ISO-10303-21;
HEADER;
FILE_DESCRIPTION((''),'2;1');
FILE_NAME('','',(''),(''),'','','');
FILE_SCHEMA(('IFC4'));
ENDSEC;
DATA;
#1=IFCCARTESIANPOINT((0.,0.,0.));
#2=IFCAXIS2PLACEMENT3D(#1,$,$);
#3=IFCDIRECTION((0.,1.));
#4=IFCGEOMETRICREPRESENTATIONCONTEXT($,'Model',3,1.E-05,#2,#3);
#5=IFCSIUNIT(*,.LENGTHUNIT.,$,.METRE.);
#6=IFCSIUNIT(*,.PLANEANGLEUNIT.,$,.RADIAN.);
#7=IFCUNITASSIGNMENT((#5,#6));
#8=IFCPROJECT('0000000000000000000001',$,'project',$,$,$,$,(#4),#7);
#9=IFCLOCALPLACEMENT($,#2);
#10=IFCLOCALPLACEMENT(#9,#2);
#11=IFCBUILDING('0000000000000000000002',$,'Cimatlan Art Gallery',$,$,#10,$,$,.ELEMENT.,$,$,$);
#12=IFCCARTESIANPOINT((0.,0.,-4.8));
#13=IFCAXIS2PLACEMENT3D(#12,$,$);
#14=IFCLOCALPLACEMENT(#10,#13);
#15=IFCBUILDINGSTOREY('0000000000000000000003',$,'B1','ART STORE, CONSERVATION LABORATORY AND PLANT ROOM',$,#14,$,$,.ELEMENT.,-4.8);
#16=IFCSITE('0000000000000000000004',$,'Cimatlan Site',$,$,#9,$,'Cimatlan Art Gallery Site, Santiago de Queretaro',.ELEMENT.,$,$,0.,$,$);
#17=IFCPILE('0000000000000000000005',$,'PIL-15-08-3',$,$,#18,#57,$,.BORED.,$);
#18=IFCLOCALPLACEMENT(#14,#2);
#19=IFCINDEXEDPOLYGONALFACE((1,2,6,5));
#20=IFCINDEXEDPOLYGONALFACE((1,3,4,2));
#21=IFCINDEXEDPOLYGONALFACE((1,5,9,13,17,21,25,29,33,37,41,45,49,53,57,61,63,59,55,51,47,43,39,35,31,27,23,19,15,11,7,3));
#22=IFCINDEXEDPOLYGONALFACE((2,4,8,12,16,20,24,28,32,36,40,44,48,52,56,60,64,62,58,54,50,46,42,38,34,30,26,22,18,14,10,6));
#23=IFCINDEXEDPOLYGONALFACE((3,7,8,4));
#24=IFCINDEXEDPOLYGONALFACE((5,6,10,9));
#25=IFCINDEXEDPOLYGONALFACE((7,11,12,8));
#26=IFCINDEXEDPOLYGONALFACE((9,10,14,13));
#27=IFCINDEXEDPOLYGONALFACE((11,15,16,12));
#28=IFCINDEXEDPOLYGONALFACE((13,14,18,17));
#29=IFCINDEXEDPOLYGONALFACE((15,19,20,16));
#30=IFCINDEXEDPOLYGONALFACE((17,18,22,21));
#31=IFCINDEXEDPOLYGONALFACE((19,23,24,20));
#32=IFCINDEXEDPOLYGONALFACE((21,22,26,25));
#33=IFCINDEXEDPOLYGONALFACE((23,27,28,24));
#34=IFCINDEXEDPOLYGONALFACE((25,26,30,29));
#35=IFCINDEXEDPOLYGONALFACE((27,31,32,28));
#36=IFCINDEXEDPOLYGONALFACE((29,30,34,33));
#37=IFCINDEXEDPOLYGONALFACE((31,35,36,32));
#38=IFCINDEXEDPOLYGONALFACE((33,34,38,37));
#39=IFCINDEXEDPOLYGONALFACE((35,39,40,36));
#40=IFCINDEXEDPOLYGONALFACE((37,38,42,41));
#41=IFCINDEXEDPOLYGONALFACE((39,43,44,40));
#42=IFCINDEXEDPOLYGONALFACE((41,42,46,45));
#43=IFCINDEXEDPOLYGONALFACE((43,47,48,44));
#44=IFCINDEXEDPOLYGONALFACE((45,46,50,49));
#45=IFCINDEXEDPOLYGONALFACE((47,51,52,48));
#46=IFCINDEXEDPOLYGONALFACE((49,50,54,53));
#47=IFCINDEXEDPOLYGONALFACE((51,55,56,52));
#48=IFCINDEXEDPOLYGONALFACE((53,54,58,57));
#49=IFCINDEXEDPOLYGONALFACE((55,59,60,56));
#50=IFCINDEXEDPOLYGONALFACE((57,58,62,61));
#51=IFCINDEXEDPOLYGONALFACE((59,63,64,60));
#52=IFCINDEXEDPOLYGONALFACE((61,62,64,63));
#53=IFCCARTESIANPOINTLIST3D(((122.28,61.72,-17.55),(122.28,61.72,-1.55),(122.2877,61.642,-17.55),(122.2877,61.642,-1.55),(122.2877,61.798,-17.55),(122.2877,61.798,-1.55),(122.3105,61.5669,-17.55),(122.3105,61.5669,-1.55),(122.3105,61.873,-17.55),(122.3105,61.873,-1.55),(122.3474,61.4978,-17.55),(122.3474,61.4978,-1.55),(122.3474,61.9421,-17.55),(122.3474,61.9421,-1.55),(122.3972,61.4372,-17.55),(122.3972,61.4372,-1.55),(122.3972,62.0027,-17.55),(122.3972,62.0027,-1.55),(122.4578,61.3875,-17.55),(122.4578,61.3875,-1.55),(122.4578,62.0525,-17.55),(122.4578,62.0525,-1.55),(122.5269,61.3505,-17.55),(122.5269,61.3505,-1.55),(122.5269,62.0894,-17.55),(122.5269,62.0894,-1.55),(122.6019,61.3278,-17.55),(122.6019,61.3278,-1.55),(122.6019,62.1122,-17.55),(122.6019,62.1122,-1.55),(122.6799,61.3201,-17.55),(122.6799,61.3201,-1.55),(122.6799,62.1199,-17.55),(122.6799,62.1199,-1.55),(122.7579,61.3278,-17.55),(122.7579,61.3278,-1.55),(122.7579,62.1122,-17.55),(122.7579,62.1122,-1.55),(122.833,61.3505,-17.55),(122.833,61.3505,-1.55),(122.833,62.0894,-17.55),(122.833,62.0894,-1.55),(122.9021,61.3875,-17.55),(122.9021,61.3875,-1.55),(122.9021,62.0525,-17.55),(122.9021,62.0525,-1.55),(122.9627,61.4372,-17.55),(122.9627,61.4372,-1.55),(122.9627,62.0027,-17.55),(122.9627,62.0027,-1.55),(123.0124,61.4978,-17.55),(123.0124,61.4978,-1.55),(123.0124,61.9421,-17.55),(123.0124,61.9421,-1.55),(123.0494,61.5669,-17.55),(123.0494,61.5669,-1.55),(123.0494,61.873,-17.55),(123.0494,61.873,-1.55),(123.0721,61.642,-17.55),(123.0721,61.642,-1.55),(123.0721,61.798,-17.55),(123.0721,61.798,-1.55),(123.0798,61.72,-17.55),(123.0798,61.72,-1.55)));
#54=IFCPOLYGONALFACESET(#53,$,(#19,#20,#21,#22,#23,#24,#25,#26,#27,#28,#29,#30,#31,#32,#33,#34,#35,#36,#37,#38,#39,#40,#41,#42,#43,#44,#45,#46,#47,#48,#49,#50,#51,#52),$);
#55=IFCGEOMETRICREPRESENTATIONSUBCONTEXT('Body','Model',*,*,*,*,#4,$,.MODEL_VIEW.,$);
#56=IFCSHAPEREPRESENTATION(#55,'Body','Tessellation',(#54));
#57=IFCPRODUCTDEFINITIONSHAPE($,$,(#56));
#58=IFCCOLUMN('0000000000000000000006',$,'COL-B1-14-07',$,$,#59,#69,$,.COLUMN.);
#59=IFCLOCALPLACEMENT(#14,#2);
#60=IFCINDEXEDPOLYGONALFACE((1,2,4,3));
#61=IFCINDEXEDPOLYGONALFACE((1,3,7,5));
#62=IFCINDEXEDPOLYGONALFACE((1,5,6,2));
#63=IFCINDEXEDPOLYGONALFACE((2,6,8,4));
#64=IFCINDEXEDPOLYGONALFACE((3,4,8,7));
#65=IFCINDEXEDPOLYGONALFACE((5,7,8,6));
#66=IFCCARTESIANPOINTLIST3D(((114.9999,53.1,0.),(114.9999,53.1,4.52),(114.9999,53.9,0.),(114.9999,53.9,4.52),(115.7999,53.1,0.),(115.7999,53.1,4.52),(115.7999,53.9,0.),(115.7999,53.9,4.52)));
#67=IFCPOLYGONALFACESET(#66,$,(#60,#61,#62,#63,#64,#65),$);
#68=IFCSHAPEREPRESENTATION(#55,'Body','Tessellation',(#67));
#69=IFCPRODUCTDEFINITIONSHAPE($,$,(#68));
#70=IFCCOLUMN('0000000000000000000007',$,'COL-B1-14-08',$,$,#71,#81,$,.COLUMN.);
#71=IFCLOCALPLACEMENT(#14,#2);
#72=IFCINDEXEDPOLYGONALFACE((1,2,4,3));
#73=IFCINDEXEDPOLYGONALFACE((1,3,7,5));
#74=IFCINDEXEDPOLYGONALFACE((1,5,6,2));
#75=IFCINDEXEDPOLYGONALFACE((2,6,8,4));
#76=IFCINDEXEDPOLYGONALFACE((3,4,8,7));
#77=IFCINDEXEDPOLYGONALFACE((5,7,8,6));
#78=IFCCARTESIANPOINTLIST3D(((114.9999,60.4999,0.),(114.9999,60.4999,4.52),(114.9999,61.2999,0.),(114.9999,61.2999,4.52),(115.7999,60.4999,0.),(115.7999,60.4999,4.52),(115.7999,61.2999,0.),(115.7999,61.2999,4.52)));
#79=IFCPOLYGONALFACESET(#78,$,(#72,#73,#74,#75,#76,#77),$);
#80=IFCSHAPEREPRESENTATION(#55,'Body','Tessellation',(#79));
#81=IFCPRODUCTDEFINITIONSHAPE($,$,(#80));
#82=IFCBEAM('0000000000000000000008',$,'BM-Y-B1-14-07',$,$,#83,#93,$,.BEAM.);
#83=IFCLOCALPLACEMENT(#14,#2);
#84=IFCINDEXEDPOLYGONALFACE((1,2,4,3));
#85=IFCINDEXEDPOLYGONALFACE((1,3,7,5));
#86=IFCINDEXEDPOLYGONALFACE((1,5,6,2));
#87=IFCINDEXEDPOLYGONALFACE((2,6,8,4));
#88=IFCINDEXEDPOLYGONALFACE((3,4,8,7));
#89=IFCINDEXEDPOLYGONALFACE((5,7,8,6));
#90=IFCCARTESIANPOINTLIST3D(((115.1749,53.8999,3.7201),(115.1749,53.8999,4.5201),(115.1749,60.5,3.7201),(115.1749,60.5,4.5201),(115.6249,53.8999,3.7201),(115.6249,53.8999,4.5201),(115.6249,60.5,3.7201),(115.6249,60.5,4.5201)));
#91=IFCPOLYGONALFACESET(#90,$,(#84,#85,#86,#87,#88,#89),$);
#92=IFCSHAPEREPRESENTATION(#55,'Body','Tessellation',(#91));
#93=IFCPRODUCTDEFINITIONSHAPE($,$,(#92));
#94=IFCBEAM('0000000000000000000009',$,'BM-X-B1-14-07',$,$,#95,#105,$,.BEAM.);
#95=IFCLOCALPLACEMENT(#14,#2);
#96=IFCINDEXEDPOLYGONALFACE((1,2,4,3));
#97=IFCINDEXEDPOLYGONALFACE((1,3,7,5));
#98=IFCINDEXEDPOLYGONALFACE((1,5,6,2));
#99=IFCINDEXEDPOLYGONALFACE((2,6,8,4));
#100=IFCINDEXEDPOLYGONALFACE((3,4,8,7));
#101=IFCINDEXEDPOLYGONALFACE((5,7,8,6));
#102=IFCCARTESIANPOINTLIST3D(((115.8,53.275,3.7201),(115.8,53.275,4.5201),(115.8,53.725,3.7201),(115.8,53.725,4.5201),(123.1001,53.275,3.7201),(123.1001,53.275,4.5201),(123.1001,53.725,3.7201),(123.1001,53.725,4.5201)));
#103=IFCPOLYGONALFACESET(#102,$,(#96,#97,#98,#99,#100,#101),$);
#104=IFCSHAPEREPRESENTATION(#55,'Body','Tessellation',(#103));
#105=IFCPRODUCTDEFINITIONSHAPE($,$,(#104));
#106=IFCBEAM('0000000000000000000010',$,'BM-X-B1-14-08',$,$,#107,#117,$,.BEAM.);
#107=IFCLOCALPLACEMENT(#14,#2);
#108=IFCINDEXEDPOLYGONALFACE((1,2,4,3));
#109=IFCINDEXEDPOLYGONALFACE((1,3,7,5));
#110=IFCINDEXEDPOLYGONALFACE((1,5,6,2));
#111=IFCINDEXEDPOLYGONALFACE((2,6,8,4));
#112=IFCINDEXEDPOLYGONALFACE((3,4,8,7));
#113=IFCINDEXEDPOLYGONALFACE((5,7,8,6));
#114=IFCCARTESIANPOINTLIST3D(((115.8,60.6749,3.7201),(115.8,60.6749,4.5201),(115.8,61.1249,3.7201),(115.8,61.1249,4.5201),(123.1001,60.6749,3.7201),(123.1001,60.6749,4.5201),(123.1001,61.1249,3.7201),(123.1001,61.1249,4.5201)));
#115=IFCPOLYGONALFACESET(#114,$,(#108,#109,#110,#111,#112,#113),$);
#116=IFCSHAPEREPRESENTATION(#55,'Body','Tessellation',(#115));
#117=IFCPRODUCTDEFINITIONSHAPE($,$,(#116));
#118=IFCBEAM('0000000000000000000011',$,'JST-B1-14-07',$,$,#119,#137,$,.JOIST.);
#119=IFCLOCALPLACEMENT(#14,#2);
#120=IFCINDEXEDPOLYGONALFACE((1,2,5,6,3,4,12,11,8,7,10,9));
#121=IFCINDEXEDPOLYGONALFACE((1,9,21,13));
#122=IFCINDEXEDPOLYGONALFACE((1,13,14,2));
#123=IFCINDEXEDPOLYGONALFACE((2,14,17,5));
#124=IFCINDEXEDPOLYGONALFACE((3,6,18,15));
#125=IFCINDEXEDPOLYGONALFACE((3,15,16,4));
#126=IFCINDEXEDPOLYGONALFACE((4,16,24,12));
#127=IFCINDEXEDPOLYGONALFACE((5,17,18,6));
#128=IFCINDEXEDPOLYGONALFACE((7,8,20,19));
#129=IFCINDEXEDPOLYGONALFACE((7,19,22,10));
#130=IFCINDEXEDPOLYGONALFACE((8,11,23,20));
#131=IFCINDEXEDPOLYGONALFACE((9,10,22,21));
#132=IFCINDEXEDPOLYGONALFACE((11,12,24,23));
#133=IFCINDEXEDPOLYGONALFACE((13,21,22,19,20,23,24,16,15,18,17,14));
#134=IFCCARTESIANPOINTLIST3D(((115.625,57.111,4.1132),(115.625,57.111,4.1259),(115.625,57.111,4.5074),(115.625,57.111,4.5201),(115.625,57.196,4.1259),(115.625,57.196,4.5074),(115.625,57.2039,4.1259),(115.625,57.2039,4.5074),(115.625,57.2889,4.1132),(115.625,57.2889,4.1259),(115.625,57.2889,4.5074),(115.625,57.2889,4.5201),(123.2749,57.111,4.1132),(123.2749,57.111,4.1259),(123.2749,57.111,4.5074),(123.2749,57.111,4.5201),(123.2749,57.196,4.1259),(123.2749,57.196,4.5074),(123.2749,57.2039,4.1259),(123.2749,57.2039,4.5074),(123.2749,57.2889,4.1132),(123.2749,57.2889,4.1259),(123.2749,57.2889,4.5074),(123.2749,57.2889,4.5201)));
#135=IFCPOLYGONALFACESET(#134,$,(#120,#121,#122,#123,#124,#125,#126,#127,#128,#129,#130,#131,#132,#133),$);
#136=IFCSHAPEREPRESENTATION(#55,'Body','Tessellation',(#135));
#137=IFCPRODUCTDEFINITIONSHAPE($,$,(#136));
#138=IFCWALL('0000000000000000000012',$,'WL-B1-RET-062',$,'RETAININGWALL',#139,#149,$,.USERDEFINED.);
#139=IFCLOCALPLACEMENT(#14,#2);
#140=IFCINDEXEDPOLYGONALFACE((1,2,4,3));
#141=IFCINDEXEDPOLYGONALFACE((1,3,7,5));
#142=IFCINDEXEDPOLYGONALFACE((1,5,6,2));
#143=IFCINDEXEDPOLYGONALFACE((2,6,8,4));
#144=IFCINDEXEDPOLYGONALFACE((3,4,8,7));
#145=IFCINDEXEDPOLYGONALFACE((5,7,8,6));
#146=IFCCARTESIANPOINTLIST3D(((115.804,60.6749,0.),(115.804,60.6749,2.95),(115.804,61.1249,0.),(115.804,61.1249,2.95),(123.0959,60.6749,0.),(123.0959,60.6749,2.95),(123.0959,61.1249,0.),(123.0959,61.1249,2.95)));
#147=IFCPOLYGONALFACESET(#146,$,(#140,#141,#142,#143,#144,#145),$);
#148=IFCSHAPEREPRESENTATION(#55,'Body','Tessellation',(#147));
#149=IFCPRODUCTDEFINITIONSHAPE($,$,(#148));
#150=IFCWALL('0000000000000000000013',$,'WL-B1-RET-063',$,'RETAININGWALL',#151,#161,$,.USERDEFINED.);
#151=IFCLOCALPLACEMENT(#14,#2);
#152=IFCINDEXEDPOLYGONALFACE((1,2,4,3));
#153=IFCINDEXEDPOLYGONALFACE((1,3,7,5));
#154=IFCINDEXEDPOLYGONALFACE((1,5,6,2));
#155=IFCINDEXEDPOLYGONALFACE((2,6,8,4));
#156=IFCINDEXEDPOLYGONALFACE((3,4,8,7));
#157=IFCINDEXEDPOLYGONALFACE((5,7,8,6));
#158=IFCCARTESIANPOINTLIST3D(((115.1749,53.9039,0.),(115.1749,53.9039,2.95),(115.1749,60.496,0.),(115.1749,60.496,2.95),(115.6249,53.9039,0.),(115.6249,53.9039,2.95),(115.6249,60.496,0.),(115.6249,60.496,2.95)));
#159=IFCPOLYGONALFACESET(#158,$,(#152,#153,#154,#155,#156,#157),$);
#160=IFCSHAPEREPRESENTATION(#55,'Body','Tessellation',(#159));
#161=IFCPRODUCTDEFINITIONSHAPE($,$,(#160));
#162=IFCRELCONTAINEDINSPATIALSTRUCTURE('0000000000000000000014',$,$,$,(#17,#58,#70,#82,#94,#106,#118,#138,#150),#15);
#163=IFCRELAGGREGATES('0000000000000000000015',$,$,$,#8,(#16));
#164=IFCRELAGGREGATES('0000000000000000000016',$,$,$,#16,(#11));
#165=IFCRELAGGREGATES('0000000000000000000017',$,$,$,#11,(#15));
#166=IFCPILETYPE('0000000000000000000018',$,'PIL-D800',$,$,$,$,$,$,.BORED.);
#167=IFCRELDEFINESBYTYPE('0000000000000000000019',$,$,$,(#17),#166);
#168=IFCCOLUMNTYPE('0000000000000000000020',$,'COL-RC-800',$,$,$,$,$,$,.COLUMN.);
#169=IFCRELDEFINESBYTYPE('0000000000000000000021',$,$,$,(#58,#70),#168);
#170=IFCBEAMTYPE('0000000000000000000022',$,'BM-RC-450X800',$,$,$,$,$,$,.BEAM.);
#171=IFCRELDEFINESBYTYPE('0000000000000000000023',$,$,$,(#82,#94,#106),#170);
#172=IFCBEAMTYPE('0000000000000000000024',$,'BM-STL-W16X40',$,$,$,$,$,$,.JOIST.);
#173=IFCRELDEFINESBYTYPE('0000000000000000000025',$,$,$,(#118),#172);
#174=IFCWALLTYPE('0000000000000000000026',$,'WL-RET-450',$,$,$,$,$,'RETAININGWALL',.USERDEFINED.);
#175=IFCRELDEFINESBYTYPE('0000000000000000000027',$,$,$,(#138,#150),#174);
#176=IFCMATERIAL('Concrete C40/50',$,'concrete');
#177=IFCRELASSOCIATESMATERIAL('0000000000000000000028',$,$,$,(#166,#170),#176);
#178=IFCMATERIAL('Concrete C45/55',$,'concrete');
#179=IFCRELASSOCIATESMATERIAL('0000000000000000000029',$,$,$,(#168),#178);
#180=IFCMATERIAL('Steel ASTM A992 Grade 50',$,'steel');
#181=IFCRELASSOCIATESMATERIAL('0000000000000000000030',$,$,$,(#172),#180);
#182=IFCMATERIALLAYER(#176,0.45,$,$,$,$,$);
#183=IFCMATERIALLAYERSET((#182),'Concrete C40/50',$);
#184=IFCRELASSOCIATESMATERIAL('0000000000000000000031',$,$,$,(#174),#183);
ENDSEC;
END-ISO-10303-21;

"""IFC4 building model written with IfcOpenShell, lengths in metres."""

from ifc_helpers import new_model, si_unit, direction, frame, frame_2d, origin, origin_2d, place, context, subcontext, project, spatial, rectangle, circle, i_section, extrude, material, layer, layer_set, material_profile, profile_set, type_object, element, save


model = new_model("IFC4")

# Units and contexts
model_context = context("Model", 3, precision=1e-05, world=origin(), true_north=direction((0.0, 1.0)))
body_context = subcontext(model_context, "Body", "Model", "MODEL_VIEW")
ifc_project = project(units=[si_unit("LENGTHUNIT", "METRE"), si_unit("PLANEANGLEUNIT", "RADIAN")], contexts=[model_context])

# Site, building, storey
site_placement = place(None, origin())
site = spatial("IfcSite", under=ifc_project, at=site_placement, Name="Cimatlan Site", LongName="Cimatlan Art Gallery Site, Santiago de Queretaro", CompositionType="ELEMENT", RefElevation=0.0)
building_placement = place(site_placement, origin())
building = spatial("IfcBuilding", under=site, at=building_placement, Name="Cimatlan Art Gallery", CompositionType="ELEMENT")
storey_placement = place(building_placement, frame((0.0, 0.0, -4.8)))
storey = spatial("IfcBuildingStorey", under=building, at=storey_placement, Name="B1", Description="ART STORE, CONSERVATION LABORATORY AND PLANT ROOM", CompositionType="ELEMENT", Elevation=-4.8)

# Shared definitions
ifc_material_1 = material(Name="Concrete C40/50", Category="concrete")

# Pile
pile_type = type_object("IfcPileType", Name="PIL-D800", PredefinedType="BORED", material=ifc_material_1)
for number, where, z_axis, x_axis, name in (
    (1, (122.6799, 61.72, -1.55), (0.0, 0.0, -1.0), (1.0, 0.0, 0.0), "PIL-15-08-3"),
):
    element("IfcPile", number, at=place(storey_placement, frame(where, z_axis=z_axis, x_axis=x_axis)), inside=storey, type_object=pile_type, Name=name, PredefinedType="BORED", context=body_context, shape_type="SweptSolid", body=[
        extrude(circle(Radius=0.3999, at=origin_2d()), origin(), (0.0, 0.0, 1.0), 16.0),
    ])

# Columns
ifc_material_2 = material(Name="Concrete C45/55", Category="concrete")
ifc_material_profile_1 = material_profile(ifc_material_2, rectangle(XDim=0.8, YDim=0.8, at=origin_2d()), Name="RC800X800")
ifc_profile_set_1 = profile_set([ifc_material_profile_1], Name="Concrete C45/55")
column_type = type_object("IfcColumnType", Name="COL-RC-800", PredefinedType="COLUMN", material=ifc_profile_set_1)
for number, where, z_axis, x_axis, name in (
    (2, (115.3999, 53.5, 0.0), (0.0, 0.0, 1.0), (1.0, 0.0, 0.0), "COL-B1-14-07"),
    (3, (115.3999, 60.8999, 0.0), (0.0, 0.0, 1.0), (1.0, 0.0, 0.0), "COL-B1-14-08"),
):
    element("IfcColumn", number, at=place(storey_placement, frame(where, z_axis=z_axis, x_axis=x_axis)), inside=storey, type_object=column_type, Name=name, PredefinedType="COLUMN", context=body_context, shape_type="SweptSolid", body=[
        extrude(rectangle(XDim=0.8, YDim=0.8, at=origin_2d()), origin(), (0.0, 0.0, 1.0), 4.52),
    ])

# Beams
ifc_material_profile_2 = material_profile(ifc_material_1, rectangle(XDim=0.45, YDim=0.8, at=origin_2d()), Name="RC450X800")
ifc_profile_set_2 = profile_set([ifc_material_profile_2], Name="Concrete C40/50")
beam_type_1 = type_object("IfcBeamType", Name="BM-RC-450X800", PredefinedType="BEAM", material=ifc_profile_set_2)
beam_1_placement = place(storey_placement, frame((115.3999, 53.8999, 4.1201), z_axis=(0.0, 1.0, 0.0), x_axis=(-1.0, 0.0, 0.0)))
element("IfcBeam", 4, at=beam_1_placement, inside=storey, type_object=beam_type_1, Name="BM-Y-B1-14-07", PredefinedType="BEAM", context=body_context, shape_type="SweptSolid", body=[
    extrude(rectangle(XDim=0.45, YDim=0.8, at=origin_2d()), origin(), (0.0, 0.0, 1.0), 6.6001),
])
for number, where, z_axis, x_axis, name in (
    (5, (115.8, 53.5, 4.1201), (1.0, 0.0, 0.0), (0.0, 1.0, 0.0), "BM-X-B1-14-07"),
    (6, (115.8, 60.8999, 4.1201), (1.0, 0.0, 0.0), (0.0, 1.0, 0.0), "BM-X-B1-14-08"),
):
    element("IfcBeam", number, at=place(storey_placement, frame(where, z_axis=z_axis, x_axis=x_axis)), inside=storey, type_object=beam_type_1, Name=name, PredefinedType="BEAM", context=body_context, shape_type="SweptSolid", body=[
        extrude(rectangle(XDim=0.45, YDim=0.8, at=origin_2d()), origin(), (0.0, 0.0, 1.0), 7.3),
    ])
ifc_material_3 = material(Name="Steel ASTM A992 Grade 50", Category="steel")
ifc_material_profile_3 = material_profile(ifc_material_3, i_section(OverallWidth=0.178, OverallDepth=0.407, WebThickness=0.0078, FlangeThickness=0.0127, at=origin_2d()), Name="W16X40")
ifc_profile_set_3 = profile_set([ifc_material_profile_3], Name="Steel ASTM A992 Grade 50")
beam_type_2 = type_object("IfcBeamType", Name="BM-STL-W16X40", PredefinedType="JOIST", material=ifc_profile_set_3)
beam_2_placement = place(storey_placement, frame((115.625, 57.2, 4.3167), z_axis=(1.0, 0.0, 0.0), x_axis=(0.0, 1.0, 0.0)))
element("IfcBeam", 7, at=beam_2_placement, inside=storey, type_object=beam_type_2, Name="JST-B1-14-07", PredefinedType="JOIST", context=body_context, shape_type="SweptSolid", body=[
    extrude(i_section(OverallWidth=0.178, OverallDepth=0.407, WebThickness=0.0078, FlangeThickness=0.0127, at=origin_2d()), origin(), (0.0, 0.0, 1.0), 7.6499),
])

# Walls
ifc_layer = layer(ifc_material_1, 0.45)
ifc_layer_set = layer_set([ifc_layer], Name="Concrete C40/50")
wall_type = type_object("IfcWallType", Name="WL-RET-450", ElementType="RETAININGWALL", PredefinedType="USERDEFINED", material=ifc_layer_set)
wall_1_placement = place(storey_placement, frame((115.804, 60.8999, 0.0), z_axis=(0.0, 0.0, 1.0), x_axis=(1.0, 0.0, 0.0)))
element("IfcWall", 8, at=wall_1_placement, inside=storey, type_object=wall_type, Name="WL-B1-RET-062", ObjectType="RETAININGWALL", PredefinedType="USERDEFINED", context=body_context, shape_type="SweptSolid", body=[
    extrude(rectangle(XDim=7.292, YDim=0.45, at=frame_2d((3.646, 0.0))), origin(), (0.0, 0.0, 1.0), 2.95),
])
wall_2_placement = place(storey_placement, frame((115.3999, 53.9041, 0.0), z_axis=(0.0, 0.0, 1.0), x_axis=(0.0, 1.0, 0.0)))
element("IfcWall", 9, at=wall_2_placement, inside=storey, type_object=wall_type, Name="WL-B1-RET-063", ObjectType="RETAININGWALL", PredefinedType="USERDEFINED", context=body_context, shape_type="SweptSolid", body=[
    extrude(rectangle(XDim=6.592, YDim=0.45, at=frame_2d((3.2959, 0.0))), origin(), (0.0, 0.0, 1.0), 2.95),
])

save(model, "model.ifc")
